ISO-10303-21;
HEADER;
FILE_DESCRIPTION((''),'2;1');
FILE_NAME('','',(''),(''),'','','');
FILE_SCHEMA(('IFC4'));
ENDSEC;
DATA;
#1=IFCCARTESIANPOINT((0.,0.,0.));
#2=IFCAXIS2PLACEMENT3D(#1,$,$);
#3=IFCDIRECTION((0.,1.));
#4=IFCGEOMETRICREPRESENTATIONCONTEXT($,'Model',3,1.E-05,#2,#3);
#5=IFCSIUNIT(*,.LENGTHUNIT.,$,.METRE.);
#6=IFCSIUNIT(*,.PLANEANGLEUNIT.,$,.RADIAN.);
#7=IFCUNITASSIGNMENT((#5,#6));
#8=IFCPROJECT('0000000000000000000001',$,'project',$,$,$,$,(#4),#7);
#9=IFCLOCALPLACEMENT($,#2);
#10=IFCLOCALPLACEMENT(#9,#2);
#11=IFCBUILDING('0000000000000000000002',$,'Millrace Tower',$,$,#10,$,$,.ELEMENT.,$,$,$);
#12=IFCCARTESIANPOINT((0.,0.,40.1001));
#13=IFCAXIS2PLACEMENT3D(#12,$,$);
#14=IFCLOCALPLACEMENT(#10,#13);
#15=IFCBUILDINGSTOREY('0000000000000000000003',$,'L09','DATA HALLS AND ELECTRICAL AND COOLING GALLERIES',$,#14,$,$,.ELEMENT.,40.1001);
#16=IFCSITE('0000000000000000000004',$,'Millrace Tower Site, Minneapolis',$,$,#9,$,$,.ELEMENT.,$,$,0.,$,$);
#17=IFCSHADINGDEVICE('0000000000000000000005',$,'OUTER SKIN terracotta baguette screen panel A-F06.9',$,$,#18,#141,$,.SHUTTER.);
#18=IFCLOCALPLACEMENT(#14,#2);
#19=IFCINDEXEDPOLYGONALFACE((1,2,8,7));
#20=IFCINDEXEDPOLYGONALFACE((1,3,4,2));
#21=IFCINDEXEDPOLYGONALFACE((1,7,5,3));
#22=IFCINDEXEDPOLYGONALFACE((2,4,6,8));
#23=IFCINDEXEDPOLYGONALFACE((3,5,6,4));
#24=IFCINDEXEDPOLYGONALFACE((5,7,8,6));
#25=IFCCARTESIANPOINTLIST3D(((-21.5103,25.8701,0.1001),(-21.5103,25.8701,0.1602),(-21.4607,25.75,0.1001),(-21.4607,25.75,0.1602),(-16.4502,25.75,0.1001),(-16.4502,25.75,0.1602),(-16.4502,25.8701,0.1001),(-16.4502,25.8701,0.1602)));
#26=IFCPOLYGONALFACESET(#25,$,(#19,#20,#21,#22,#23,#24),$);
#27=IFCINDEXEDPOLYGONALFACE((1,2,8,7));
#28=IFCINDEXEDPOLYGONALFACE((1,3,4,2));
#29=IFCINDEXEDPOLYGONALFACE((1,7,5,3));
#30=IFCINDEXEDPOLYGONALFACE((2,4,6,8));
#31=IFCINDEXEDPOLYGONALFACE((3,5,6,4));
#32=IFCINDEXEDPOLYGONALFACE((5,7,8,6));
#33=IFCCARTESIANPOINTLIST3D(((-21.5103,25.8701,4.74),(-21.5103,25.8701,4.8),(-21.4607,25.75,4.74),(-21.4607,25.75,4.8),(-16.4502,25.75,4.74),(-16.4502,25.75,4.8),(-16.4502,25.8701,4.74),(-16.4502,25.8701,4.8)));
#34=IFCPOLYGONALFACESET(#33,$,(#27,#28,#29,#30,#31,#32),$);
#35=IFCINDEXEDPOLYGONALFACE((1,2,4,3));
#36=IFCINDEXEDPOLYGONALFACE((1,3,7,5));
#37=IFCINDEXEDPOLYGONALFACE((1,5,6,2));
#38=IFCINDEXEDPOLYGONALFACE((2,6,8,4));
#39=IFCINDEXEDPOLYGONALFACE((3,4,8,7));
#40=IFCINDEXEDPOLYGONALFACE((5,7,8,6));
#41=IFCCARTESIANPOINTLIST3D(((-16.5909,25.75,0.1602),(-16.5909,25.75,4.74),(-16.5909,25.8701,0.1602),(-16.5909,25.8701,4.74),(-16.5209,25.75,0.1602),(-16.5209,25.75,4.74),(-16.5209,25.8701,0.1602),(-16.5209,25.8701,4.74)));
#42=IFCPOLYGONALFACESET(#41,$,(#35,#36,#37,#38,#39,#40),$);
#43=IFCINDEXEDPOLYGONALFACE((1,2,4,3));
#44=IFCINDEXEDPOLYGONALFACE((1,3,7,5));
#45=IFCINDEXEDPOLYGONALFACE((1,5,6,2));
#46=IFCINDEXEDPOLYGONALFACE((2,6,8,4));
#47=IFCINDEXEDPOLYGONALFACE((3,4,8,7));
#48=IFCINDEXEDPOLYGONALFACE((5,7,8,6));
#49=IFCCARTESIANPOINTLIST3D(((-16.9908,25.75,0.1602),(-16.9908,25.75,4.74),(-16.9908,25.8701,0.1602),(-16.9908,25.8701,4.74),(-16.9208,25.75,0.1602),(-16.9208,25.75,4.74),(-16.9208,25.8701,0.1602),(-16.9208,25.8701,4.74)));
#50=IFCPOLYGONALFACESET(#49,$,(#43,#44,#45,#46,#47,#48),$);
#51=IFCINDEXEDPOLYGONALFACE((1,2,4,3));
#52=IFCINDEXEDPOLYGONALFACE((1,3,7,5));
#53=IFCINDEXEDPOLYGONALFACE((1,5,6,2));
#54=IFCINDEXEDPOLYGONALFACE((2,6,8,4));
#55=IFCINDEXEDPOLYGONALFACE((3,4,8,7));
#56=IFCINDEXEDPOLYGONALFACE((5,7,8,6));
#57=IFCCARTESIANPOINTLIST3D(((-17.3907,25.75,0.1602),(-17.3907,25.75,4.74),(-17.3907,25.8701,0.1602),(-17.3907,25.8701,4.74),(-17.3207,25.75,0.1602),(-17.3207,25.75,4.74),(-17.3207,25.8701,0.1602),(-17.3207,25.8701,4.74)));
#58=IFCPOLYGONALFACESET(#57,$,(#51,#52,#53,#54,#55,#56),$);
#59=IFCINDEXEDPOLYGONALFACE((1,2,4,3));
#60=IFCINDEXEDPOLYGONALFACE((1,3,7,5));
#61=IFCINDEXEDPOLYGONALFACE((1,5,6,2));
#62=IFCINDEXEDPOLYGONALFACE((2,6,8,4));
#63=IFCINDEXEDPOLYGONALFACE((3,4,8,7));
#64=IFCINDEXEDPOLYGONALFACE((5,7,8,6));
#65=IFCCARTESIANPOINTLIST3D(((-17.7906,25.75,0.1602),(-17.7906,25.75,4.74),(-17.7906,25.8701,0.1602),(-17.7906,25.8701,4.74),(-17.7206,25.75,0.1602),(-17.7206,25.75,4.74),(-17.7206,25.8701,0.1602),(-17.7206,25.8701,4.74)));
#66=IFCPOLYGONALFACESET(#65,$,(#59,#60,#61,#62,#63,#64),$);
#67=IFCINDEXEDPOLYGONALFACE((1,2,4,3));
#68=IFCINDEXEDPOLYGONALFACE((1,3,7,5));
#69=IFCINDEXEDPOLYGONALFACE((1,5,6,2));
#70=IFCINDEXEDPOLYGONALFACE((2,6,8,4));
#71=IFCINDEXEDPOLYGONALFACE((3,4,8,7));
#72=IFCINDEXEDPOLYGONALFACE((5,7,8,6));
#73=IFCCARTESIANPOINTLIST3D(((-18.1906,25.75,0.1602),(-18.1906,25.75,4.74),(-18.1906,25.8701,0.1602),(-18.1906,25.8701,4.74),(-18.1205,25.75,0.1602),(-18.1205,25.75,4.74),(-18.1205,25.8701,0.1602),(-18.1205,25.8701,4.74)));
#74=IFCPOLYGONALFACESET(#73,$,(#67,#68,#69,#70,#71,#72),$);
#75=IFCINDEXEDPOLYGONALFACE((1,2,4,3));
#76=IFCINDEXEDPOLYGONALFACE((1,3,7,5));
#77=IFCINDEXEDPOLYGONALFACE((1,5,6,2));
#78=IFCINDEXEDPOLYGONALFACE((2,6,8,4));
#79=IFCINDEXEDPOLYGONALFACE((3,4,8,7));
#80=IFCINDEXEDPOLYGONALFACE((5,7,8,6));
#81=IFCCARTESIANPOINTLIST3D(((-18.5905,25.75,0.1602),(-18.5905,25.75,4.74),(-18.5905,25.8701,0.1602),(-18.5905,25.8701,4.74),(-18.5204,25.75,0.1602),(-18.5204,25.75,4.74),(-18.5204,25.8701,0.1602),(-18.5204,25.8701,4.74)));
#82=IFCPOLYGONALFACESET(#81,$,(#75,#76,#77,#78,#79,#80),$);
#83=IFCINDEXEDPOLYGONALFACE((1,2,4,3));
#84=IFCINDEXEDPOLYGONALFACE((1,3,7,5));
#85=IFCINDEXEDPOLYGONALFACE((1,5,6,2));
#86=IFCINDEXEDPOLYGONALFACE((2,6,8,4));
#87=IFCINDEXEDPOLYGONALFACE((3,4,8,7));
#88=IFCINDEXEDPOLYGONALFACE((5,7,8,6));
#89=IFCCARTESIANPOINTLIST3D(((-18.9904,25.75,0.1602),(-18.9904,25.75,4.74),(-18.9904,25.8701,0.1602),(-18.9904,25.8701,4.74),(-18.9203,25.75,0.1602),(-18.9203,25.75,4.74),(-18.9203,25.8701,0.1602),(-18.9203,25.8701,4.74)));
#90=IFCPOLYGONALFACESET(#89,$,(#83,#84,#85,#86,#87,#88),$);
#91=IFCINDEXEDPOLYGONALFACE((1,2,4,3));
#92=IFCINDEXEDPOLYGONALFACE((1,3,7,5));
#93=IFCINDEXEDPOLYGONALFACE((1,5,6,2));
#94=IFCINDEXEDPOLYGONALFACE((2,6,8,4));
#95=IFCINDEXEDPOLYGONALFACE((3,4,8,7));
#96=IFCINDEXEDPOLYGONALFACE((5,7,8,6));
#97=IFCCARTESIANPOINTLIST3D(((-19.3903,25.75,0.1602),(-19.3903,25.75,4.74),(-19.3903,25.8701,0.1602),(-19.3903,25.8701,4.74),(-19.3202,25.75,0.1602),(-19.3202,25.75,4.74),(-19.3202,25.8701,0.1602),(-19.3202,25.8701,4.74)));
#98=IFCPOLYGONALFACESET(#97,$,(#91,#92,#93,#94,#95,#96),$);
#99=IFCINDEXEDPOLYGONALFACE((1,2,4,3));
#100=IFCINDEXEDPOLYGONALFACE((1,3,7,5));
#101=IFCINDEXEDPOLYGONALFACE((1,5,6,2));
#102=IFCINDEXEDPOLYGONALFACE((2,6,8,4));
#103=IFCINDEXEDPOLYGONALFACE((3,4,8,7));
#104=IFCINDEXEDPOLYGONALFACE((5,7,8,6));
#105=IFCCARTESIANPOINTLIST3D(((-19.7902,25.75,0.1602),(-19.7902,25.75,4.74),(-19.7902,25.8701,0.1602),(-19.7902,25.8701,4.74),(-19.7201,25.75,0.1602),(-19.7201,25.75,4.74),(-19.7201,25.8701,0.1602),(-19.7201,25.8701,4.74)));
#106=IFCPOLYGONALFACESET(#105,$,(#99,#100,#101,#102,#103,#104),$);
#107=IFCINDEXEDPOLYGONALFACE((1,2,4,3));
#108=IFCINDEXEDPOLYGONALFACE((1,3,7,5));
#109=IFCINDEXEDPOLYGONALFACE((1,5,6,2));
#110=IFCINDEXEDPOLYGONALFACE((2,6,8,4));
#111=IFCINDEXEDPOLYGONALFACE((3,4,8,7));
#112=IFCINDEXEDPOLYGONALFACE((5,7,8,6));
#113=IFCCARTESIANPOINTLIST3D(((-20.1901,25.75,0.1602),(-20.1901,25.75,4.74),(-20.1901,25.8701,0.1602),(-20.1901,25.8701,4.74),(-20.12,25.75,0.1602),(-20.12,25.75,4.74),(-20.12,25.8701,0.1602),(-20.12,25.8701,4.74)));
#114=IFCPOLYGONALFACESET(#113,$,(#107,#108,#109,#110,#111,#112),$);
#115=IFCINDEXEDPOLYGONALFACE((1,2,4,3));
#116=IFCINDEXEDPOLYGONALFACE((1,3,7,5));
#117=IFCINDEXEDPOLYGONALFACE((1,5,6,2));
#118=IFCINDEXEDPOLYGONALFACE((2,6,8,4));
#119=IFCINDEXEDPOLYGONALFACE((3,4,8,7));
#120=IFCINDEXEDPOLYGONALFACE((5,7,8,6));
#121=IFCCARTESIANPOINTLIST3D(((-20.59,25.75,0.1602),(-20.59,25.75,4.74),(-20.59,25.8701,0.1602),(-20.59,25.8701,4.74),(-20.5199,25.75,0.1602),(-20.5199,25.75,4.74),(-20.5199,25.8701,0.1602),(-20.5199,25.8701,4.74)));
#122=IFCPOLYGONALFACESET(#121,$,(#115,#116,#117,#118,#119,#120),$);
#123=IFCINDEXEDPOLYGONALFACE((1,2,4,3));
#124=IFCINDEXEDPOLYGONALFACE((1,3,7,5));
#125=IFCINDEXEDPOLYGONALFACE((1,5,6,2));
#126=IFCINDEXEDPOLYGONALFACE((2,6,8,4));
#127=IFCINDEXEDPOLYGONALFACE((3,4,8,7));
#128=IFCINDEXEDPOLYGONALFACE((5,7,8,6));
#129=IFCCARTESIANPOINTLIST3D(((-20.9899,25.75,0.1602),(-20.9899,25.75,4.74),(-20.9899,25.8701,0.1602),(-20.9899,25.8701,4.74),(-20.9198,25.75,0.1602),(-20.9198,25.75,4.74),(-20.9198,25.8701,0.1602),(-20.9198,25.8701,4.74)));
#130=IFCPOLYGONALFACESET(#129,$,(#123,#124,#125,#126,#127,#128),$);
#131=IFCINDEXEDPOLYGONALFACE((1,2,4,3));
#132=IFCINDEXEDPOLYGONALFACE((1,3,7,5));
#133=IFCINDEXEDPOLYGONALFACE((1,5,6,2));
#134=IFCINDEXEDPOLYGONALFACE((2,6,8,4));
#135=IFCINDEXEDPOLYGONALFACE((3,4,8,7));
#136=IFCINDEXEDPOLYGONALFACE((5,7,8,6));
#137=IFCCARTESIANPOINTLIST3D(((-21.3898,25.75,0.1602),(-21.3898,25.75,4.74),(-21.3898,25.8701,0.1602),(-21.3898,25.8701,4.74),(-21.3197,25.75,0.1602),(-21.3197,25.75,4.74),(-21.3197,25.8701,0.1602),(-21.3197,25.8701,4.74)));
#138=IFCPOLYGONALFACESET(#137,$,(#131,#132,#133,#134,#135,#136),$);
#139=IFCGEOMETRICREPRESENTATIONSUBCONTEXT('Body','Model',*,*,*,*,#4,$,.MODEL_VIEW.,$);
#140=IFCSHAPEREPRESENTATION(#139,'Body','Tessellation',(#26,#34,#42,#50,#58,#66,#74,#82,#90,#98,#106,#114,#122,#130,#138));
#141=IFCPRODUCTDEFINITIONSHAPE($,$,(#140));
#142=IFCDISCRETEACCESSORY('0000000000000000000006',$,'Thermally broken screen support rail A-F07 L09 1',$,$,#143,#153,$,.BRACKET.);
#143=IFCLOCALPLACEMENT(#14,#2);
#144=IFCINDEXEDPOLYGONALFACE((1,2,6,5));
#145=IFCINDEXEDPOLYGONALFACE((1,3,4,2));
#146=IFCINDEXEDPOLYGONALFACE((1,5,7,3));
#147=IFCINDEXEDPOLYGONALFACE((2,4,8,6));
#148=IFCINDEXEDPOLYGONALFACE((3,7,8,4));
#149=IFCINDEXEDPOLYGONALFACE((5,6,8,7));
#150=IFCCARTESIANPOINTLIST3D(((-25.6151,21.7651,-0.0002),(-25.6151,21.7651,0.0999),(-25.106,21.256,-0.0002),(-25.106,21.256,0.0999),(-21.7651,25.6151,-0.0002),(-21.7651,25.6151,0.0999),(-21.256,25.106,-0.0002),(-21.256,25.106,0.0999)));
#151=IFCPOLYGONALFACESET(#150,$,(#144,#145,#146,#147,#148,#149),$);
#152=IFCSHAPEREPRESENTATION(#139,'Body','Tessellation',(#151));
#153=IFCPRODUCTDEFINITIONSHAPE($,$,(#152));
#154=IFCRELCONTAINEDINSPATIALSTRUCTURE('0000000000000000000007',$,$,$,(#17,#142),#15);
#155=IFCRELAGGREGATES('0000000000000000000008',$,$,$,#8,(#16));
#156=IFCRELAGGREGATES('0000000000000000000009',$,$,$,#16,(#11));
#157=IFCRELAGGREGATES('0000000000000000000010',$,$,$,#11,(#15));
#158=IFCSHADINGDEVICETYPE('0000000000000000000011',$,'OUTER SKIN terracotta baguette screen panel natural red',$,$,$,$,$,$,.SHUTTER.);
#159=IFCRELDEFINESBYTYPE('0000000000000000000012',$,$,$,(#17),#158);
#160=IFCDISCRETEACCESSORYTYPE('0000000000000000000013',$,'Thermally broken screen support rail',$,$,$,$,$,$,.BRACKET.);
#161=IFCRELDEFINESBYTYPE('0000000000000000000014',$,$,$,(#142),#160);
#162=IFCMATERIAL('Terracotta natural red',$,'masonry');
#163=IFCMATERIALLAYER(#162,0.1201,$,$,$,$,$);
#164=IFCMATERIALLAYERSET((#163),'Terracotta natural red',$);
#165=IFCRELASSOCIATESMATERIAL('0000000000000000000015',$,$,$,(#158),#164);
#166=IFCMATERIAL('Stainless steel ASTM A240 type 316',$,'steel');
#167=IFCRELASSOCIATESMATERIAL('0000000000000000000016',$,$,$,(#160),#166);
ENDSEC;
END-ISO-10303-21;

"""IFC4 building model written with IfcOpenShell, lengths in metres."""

from ifc_helpers import new_model, entity, si_unit, direction, frame, frame_2d, origin, origin_2d, place, context, subcontext, project, spatial, rectangle, extrude, source, transform, mapped, material, layer, layer_set, type_object, element, save


model = new_model("IFC4")

# Units and contexts
model_context = context("Model", 3, precision=1e-05, world=origin(), true_north=direction((0.0, 1.0)))
body_context = subcontext(model_context, "Body", "Model", "MODEL_VIEW")
ifc_project = project(units=[si_unit("LENGTHUNIT", "METRE"), si_unit("PLANEANGLEUNIT", "RADIAN")], contexts=[model_context])

# Site, building, storey
site_placement = place(None, origin())
site = spatial("IfcSite", under=ifc_project, at=site_placement, Name="Millrace Tower Site, Minneapolis", CompositionType="ELEMENT", RefElevation=0.0)
building_placement = place(site_placement, origin())
building = spatial("IfcBuilding", under=site, at=building_placement, Name="Millrace Tower", CompositionType="ELEMENT")
storey_placement = place(building_placement, frame((0.0, 0.0, 40.1001)))
storey = spatial("IfcBuildingStorey", under=building, at=storey_placement, Name="L09", Description="DATA HALLS AND ELECTRICAL AND COOLING GALLERIES", CompositionType="ELEMENT", Elevation=40.1001)

# Shading device
ifc_material_1 = material(Name="Terracotta natural red", Category="masonry")
ifc_layer_1 = layer(ifc_material_1, 0.1201)
ifc_layer_set_1 = layer_set([ifc_layer_1], Name="Terracotta natural red")
shading_device_type_1 = type_object("IfcShadingDeviceType", Name="OUTER SKIN terracotta baguette screen panel natural red", PredefinedType="SHUTTER", material=ifc_layer_set_1)
cartesian_point_1 = entity("IfcCartesianPoint", [-2.5176, 0.0601])
shared_polyline_1 = entity("IfcPolyline", [cartesian_point_1, entity("IfcCartesianPoint", [2.4929, 0.0601]), entity("IfcCartesianPoint", [2.5425, -0.0601]), entity("IfcCartesianPoint", [-2.5176, -0.0601]), cartesian_point_1])
shared_shape_1 = source(origin(), body_context, "Body", "SweptSolid", [
    entity("IfcExtrudedAreaSolid", entity("IfcArbitraryClosedProfileDef", "AREA", None, shared_polyline_1), entity("IfcAxis2Placement3D", entity("IfcCartesianPoint", [0.0, 0.0, 0.0])), entity("IfcDirection", [0.0, 0.0, 1.0]), 0.0601),
    entity("IfcExtrudedAreaSolid", entity("IfcArbitraryClosedProfileDef", "AREA", None, shared_polyline_1), entity("IfcAxis2Placement3D", entity("IfcCartesianPoint", [0.0, 0.0, 4.6399])), entity("IfcDirection", [0.0, 0.0, 1.0]), 0.0601),
    extrude(rectangle(XDim=0.0701, YDim=0.1201, at=frame_2d((-2.4119, 0.0))), frame((0.0, 0.0, 0.0601)), (0.0, 0.0, 1.0), 4.5798),
    extrude(rectangle(XDim=0.0701, YDim=0.1201, at=frame_2d((-2.012, 0.0))), frame((0.0, 0.0, 0.0601)), (0.0, 0.0, 1.0), 4.5798),
    extrude(rectangle(XDim=0.0701, YDim=0.1201, at=frame_2d((-1.6121, 0.0))), frame((0.0, 0.0, 0.0601)), (0.0, 0.0, 1.0), 4.5798),
    extrude(rectangle(XDim=0.0701, YDim=0.1201, at=frame_2d((-1.2122, 0.0))), frame((0.0, 0.0, 0.0601)), (0.0, 0.0, 1.0), 4.5798),
    extrude(rectangle(XDim=0.0701, YDim=0.1201, at=frame_2d((-0.8123, 0.0))), frame((0.0, 0.0, 0.0601)), (0.0, 0.0, 1.0), 4.5798),
    extrude(rectangle(XDim=0.0701, YDim=0.1201, at=frame_2d((-0.4124, 0.0))), frame((0.0, 0.0, 0.0601)), (0.0, 0.0, 1.0), 4.5798),
    extrude(rectangle(XDim=0.0701, YDim=0.1201, at=frame_2d((-0.0125, 0.0))), frame((0.0, 0.0, 0.0601)), (0.0, 0.0, 1.0), 4.5798),
    extrude(rectangle(XDim=0.0701, YDim=0.1201, at=frame_2d((0.3875, 0.0))), frame((0.0, 0.0, 0.0601)), (0.0, 0.0, 1.0), 4.5798),
    extrude(rectangle(XDim=0.0701, YDim=0.1201, at=frame_2d((0.7874, 0.0))), frame((0.0, 0.0, 0.0601)), (0.0, 0.0, 1.0), 4.5798),
    extrude(rectangle(XDim=0.0701, YDim=0.1201, at=frame_2d((1.1873, 0.0))), frame((0.0, 0.0, 0.0601)), (0.0, 0.0, 1.0), 4.5798),
    extrude(rectangle(XDim=0.0701, YDim=0.1201, at=frame_2d((1.5872, 0.0))), frame((0.0, 0.0, 0.0601)), (0.0, 0.0, 1.0), 4.5798),
    extrude(rectangle(XDim=0.0701, YDim=0.1201, at=frame_2d((1.9871, 0.0))), frame((0.0, 0.0, 0.0601)), (0.0, 0.0, 1.0), 4.5798),
    extrude(rectangle(XDim=0.0701, YDim=0.1201, at=frame_2d((2.387, 0.0))), frame((0.0, 0.0, 0.0601)), (0.0, 0.0, 1.0), 4.5798),
])
shading_device_1_placement = place(storey_placement, frame((-18.9678, 25.8101, 0.1001), z_axis=(0.0, 0.0, 1.0), x_axis=(-1.0, 0.0, 0.0)))
element("IfcShadingDevice", 1, at=shading_device_1_placement, inside=storey, type_object=shading_device_type_1, Name="OUTER SKIN terracotta baguette screen panel A-F06.9", PredefinedType="SHUTTER", context=body_context, shape_type="MappedRepresentation", body=[
    mapped(shared_shape_1, transform((0.0, 0.0, 0.0), scale=1.0)),
])

# Discrete accessory
ifc_material_2 = material(Name="Stainless steel ASTM A240 type 316", Category="steel")
discrete_accessory_type = type_object("IfcDiscreteAccessoryType", Name="Thermally broken screen support rail", PredefinedType="BRACKET", material=ifc_material_2)
discrete_accessory_placement = place(storey_placement, frame((-23.4355, 23.4355, -0.0002), z_axis=(0.0, 0.0, 1.0), x_axis=(-0.707107, -0.707107, 0.0)))
element("IfcDiscreteAccessory", 2, at=discrete_accessory_placement, inside=storey, type_object=discrete_accessory_type, Name="Thermally broken screen support rail A-F07 L09 1", PredefinedType="BRACKET", context=body_context, shape_type="SweptSolid", body=[
    extrude(rectangle(XDim=5.4448, YDim=0.72, at=origin_2d()), origin(), (0.0, 0.0, 1.0), 0.1001),
])

save(model, "model.ifc")
